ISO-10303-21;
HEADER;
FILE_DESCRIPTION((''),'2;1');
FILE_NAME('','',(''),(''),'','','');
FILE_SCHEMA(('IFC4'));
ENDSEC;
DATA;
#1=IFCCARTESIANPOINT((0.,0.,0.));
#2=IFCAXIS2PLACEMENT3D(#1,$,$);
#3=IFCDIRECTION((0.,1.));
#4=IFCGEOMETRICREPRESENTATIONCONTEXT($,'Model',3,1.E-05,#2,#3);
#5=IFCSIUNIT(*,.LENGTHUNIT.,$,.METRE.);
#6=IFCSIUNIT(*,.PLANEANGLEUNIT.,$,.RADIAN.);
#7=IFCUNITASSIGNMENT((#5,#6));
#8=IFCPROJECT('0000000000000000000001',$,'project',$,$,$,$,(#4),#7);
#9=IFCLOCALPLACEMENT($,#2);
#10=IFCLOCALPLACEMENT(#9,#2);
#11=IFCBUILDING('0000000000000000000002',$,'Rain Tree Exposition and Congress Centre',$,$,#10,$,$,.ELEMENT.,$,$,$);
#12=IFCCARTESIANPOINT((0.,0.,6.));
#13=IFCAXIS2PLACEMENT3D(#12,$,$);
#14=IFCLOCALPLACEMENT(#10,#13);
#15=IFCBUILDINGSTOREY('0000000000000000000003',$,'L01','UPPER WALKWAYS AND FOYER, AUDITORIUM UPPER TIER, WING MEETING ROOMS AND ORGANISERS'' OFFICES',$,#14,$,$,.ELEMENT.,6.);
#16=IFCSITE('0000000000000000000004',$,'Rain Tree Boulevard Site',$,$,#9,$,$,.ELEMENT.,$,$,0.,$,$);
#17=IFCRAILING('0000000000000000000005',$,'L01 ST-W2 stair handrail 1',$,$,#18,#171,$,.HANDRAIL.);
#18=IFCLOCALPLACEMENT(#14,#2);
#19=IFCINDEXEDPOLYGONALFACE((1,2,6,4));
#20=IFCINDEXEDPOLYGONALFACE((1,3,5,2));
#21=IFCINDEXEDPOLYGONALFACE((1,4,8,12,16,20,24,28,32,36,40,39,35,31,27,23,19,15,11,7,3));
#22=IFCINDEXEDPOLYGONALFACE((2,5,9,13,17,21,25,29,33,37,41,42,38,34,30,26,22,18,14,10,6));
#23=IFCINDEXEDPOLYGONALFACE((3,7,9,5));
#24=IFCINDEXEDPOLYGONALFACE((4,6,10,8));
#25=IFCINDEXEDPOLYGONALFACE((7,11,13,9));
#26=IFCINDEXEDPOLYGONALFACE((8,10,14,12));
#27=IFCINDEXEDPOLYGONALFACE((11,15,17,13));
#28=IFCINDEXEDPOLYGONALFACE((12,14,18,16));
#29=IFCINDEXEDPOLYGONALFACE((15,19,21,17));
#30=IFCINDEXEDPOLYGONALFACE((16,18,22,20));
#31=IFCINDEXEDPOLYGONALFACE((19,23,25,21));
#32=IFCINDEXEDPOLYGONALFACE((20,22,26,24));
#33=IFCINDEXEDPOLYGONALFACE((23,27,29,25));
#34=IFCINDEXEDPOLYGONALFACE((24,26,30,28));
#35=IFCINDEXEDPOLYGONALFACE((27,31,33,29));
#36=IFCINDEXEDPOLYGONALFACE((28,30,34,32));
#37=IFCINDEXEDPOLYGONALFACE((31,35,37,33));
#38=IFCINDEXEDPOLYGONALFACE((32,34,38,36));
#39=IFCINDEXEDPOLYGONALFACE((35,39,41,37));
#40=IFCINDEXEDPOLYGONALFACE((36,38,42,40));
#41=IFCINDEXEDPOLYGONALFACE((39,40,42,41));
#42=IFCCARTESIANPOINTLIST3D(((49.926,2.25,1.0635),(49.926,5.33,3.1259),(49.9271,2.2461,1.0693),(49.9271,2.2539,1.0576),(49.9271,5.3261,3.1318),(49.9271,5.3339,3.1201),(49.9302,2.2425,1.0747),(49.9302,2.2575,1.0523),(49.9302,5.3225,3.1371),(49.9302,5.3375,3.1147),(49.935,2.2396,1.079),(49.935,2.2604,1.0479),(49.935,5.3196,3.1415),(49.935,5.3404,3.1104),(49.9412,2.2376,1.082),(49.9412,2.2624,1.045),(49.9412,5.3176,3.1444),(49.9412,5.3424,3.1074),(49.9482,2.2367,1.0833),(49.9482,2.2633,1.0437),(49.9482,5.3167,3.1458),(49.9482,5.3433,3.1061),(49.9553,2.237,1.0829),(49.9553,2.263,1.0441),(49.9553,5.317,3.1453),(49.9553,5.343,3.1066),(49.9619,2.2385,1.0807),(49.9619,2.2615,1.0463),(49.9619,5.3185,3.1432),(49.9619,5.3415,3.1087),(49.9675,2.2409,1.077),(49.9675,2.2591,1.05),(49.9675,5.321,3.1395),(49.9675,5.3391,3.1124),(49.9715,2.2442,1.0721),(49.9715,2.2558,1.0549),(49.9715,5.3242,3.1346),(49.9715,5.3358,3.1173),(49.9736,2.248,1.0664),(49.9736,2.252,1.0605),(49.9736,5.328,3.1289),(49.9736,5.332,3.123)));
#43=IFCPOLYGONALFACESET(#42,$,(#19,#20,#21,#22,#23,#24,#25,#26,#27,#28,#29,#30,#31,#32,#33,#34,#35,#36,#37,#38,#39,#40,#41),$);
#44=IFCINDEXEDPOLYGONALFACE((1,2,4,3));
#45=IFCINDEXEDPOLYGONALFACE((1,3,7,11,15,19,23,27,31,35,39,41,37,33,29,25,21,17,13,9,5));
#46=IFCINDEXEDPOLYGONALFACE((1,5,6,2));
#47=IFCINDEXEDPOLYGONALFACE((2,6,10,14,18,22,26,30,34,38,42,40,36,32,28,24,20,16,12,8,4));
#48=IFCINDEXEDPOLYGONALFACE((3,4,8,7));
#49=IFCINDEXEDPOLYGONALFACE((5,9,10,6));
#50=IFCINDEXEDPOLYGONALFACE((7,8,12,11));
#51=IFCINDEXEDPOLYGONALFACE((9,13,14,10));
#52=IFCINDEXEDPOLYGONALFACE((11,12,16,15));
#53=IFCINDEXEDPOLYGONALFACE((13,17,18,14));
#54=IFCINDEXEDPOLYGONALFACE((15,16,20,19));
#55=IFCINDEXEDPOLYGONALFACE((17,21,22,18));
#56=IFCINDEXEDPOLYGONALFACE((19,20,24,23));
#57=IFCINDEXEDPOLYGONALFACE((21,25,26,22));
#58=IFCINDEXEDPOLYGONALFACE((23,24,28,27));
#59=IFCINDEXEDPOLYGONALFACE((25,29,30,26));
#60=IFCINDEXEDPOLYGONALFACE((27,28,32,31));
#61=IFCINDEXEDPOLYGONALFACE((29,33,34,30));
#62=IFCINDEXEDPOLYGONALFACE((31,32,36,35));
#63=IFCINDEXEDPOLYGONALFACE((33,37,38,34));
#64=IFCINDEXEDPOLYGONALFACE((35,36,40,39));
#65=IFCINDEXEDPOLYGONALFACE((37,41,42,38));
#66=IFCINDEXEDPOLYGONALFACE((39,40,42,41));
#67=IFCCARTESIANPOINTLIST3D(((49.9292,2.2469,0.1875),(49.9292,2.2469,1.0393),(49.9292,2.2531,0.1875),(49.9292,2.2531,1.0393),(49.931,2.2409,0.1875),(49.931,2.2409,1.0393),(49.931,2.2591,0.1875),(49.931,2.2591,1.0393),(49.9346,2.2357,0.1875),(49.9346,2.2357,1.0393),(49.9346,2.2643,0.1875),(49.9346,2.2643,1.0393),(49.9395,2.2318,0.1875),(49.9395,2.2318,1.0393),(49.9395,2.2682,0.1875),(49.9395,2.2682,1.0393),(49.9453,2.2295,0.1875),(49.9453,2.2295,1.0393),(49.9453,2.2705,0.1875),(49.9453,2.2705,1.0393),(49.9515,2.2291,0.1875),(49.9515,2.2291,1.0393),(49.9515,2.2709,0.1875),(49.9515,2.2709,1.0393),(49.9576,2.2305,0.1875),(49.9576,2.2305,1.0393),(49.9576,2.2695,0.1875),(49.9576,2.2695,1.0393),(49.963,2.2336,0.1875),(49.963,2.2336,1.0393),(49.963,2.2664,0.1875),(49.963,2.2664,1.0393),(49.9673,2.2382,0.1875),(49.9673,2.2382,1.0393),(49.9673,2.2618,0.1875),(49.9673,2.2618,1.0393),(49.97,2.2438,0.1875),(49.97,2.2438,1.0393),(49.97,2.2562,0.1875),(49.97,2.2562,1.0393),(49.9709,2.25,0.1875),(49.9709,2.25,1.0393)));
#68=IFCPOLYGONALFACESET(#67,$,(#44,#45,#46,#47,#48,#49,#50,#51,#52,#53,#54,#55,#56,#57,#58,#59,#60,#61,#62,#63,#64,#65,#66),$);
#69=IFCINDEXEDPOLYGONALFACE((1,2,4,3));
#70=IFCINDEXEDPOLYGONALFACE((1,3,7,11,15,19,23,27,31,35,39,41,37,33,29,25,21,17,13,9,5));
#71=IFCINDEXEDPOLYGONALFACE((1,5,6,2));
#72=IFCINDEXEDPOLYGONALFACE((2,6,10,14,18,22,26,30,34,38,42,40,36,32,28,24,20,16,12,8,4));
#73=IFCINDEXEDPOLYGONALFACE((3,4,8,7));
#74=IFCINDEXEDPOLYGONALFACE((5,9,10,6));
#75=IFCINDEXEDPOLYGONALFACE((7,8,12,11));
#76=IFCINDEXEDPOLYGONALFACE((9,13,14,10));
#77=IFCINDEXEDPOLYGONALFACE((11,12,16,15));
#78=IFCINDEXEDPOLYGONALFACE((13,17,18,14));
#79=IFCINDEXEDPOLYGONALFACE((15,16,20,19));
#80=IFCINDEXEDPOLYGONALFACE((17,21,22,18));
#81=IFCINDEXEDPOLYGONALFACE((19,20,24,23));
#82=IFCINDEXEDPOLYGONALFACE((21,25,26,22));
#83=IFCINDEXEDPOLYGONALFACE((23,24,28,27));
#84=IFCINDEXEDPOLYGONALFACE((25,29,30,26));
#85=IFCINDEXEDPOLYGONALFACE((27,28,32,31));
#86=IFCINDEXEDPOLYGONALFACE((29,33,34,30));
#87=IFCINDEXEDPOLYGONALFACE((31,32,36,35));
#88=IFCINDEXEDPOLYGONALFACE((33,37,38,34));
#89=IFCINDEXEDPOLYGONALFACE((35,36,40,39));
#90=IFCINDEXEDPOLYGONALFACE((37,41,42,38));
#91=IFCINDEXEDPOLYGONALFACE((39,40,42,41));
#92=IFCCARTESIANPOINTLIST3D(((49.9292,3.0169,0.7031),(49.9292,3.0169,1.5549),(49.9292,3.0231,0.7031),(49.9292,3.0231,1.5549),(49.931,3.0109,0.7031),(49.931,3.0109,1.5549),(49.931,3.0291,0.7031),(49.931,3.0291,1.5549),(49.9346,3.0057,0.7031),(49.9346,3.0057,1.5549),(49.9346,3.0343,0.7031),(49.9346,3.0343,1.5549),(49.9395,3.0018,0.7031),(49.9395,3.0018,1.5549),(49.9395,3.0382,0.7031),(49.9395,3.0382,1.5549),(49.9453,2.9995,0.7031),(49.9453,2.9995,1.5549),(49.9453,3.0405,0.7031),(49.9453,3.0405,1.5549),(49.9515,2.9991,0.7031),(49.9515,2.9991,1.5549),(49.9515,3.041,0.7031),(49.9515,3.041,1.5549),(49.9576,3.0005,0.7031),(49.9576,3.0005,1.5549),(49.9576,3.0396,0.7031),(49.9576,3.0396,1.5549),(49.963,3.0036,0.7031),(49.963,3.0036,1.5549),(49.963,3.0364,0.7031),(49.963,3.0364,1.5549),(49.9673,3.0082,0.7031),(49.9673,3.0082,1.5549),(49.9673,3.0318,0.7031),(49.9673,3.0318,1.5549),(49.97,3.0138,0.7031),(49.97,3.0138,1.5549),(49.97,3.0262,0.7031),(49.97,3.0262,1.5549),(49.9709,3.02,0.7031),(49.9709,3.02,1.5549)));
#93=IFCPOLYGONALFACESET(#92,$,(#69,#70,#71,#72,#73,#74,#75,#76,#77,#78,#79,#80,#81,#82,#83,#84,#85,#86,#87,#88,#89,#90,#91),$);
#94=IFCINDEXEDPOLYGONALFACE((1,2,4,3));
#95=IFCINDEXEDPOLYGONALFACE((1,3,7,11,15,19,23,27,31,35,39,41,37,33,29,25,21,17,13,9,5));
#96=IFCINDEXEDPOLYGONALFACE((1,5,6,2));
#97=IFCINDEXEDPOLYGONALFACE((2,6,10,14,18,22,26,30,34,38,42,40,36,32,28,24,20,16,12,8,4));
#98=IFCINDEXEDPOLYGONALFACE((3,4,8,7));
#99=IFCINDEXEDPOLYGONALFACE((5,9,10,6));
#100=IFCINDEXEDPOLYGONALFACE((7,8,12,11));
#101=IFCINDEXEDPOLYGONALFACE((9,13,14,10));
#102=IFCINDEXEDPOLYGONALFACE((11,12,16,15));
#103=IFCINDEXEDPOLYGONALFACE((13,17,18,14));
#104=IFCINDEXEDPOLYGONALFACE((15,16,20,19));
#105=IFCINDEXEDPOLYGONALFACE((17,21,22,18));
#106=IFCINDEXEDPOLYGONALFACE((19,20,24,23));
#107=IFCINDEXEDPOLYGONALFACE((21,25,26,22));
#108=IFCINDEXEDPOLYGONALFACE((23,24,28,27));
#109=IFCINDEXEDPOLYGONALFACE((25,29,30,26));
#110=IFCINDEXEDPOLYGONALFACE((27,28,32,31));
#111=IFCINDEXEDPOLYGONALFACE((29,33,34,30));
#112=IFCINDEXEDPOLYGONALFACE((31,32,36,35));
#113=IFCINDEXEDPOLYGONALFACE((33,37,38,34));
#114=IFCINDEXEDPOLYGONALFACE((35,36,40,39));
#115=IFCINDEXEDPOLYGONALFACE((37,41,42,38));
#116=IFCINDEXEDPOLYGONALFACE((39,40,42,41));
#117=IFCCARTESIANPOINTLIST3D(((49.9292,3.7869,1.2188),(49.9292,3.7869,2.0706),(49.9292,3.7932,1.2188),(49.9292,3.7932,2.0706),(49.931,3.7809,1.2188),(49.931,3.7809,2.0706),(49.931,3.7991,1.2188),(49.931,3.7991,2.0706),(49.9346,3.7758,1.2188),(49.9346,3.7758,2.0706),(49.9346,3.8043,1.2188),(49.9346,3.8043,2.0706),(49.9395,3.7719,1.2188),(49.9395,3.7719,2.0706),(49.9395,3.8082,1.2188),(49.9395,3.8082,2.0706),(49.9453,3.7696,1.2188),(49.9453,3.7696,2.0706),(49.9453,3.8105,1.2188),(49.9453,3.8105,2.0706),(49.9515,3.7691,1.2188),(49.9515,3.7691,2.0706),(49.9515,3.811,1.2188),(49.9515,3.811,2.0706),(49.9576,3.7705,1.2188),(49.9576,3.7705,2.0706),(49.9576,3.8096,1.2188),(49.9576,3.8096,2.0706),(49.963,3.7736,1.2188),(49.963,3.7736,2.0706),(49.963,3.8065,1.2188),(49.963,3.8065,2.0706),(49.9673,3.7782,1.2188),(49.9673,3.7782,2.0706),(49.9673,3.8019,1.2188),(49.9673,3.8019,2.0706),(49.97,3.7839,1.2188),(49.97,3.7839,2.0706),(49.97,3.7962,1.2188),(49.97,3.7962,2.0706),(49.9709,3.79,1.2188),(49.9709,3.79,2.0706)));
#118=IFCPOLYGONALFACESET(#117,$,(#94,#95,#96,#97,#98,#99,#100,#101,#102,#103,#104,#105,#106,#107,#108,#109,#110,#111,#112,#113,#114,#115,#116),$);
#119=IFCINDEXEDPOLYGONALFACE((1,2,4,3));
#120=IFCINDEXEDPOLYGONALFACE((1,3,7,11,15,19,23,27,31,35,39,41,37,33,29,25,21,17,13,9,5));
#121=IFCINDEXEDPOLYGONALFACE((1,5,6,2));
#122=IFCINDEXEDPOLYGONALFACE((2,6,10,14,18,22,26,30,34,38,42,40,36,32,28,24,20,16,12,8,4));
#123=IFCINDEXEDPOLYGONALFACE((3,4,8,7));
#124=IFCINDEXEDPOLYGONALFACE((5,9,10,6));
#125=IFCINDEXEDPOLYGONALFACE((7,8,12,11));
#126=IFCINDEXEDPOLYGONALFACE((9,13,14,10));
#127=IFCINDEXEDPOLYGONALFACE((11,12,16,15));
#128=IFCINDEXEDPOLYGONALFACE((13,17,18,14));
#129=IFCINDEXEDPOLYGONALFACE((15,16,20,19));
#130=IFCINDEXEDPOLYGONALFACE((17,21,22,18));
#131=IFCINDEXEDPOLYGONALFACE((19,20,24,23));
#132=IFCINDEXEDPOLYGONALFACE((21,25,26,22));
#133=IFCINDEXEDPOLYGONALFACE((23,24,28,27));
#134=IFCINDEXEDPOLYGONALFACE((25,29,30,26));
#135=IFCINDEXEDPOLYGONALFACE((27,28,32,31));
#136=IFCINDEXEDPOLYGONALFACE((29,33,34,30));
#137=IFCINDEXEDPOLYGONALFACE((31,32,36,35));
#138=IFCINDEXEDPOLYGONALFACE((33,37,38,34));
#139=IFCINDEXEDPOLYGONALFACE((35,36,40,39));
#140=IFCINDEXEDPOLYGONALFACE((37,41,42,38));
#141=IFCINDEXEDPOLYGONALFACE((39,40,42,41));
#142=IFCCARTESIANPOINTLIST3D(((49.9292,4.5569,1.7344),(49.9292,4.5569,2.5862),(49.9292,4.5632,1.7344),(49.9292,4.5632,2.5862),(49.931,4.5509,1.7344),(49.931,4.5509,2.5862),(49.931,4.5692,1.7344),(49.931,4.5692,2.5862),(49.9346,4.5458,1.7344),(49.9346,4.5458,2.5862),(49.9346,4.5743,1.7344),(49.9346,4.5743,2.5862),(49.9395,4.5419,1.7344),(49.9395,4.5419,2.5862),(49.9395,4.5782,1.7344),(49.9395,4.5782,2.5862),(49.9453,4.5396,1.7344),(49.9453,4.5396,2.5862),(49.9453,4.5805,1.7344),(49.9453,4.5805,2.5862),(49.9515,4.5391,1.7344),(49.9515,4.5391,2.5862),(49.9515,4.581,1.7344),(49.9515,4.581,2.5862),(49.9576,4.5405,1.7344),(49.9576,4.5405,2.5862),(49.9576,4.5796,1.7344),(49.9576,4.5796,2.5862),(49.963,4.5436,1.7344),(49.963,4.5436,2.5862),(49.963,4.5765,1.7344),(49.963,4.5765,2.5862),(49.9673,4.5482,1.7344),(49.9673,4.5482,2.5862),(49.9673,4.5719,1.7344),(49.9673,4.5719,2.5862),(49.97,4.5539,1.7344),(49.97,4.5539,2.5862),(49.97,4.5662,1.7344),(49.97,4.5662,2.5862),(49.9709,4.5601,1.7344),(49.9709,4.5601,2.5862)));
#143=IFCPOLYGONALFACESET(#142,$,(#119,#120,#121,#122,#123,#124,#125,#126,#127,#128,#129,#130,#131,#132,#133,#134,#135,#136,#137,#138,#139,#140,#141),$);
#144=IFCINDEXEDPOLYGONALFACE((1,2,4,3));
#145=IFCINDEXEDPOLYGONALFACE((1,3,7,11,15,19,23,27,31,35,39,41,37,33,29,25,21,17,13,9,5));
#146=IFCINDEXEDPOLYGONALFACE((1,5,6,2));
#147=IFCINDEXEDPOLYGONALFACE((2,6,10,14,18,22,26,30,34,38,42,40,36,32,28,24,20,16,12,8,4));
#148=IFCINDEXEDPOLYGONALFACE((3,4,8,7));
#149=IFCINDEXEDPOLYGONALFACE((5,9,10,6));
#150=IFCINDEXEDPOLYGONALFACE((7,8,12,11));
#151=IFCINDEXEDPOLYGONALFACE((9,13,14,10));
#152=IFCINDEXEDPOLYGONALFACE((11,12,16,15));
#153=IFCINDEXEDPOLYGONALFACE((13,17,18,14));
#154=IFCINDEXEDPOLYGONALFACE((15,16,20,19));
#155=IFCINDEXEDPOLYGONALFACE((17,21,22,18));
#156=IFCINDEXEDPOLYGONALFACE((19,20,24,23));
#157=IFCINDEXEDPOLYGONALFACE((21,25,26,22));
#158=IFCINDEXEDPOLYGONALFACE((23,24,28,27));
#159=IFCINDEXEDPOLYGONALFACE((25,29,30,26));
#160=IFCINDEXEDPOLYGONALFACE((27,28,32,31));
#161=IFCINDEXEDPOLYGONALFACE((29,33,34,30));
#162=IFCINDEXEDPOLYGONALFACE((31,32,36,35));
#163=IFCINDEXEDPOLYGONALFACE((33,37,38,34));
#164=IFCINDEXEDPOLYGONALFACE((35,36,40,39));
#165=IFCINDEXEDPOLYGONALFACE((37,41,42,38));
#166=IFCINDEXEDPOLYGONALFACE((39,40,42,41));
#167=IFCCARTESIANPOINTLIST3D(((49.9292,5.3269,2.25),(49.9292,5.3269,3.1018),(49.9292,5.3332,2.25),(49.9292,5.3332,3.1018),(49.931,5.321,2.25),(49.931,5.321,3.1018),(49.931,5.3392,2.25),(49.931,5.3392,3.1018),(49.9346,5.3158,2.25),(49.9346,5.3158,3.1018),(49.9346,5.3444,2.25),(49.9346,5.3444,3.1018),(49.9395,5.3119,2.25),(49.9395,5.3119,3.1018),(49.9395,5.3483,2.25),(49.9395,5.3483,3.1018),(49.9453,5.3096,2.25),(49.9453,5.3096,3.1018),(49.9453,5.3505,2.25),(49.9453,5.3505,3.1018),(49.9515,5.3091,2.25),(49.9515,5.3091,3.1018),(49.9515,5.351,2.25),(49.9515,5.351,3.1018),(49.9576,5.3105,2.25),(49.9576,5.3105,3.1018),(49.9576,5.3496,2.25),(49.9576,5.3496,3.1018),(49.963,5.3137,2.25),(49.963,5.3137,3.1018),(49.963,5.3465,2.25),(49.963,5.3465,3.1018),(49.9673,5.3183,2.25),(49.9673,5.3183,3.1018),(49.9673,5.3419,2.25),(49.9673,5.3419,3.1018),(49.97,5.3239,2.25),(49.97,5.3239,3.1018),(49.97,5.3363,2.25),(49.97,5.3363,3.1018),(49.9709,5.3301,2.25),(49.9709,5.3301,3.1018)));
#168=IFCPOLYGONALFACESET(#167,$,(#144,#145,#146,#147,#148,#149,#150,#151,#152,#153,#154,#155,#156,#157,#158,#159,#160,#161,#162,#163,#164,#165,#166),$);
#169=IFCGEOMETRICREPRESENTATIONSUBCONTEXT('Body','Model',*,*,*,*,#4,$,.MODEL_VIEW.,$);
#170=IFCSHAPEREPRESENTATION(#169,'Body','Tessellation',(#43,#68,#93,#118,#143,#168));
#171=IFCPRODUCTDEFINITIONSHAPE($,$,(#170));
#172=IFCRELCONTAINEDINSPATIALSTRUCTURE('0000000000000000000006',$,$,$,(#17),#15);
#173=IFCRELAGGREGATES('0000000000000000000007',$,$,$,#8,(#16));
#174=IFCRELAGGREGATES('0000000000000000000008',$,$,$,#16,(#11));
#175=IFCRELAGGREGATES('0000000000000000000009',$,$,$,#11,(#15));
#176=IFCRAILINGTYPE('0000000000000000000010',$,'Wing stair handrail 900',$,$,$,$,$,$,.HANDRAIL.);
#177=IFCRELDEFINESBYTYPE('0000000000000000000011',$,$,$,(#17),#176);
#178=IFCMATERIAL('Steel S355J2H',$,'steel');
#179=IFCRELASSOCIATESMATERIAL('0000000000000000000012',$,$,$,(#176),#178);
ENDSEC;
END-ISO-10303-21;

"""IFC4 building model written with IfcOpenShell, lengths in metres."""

from ifc_helpers import new_model, si_unit, direction, frame, origin, origin_2d, place, context, subcontext, project, spatial, circle, extrude, material, type_object, element, save


model = new_model("IFC4")

# Units and contexts
model_context = context("Model", 3, precision=1e-05, world=origin(), true_north=direction((0.0, 1.0)))
body_context = subcontext(model_context, "Body", "Model", "MODEL_VIEW")
ifc_project = project(units=[si_unit("LENGTHUNIT", "METRE"), si_unit("PLANEANGLEUNIT", "RADIAN")], contexts=[model_context])

# Site, building, storey
site_placement = place(None, origin())
site = spatial("IfcSite", under=ifc_project, at=site_placement, Name="Rain Tree Boulevard Site", CompositionType="ELEMENT", RefElevation=0.0)
building_placement = place(site_placement, origin())
building = spatial("IfcBuilding", under=site, at=building_placement, Name="Rain Tree Exposition and Congress Centre", CompositionType="ELEMENT")
storey_placement = place(building_placement, frame((0.0, 0.0, 6.0)))
storey = spatial("IfcBuildingStorey", under=building, at=storey_placement, Name="L01", Description="UPPER WALKWAYS AND FOYER, AUDITORIUM UPPER TIER, WING MEETING ROOMS AND ORGANISERS' OFFICES", CompositionType="ELEMENT", Elevation=6.0)

# Railing
ifc_material_1 = material(Name="Steel S355J2H", Category="steel")
railing_type_1 = type_object("IfcRailingType", Name="Wing stair handrail 900", PredefinedType="HANDRAIL", material=ifc_material_1)
railing_1_placement = place(storey_placement, frame((49.95, 2.25, 0.1875)))
element("IfcRailing", 1, at=railing_1_placement, inside=storey, type_object=railing_type_1, Name="L01 ST-W2 stair handrail 1", PredefinedType="HANDRAIL", context=body_context, shape_type="SweptSolid", body=[
    extrude(circle(Radius=0.0239, at=origin_2d()), frame((0.0, 0.0, 0.876), z_axis=(0.0, 0.830914, 0.556401), x_axis=(-1.0, 0.0, 0.0)), (0.0, 0.0, 1.0), 3.7068),
    extrude(circle(Radius=0.021, at=origin_2d()), origin(), (0.0, 0.0, 1.0), 0.8518),
    extrude(circle(Radius=0.021, at=origin_2d()), frame((0.0, 0.77, 0.5156)), (0.0, 0.0, 1.0), 0.8518),
    extrude(circle(Radius=0.021, at=origin_2d()), frame((0.0, 1.54, 1.0312)), (0.0, 0.0, 1.0), 0.8518),
    extrude(circle(Radius=0.021, at=origin_2d()), frame((0.0, 2.3101, 1.5469)), (0.0, 0.0, 1.0), 0.8518),
    extrude(circle(Radius=0.021, at=origin_2d()), frame((0.0, 3.0801, 2.0625)), (0.0, 0.0, 1.0), 0.8518),
])

save(model, "model.ifc")
